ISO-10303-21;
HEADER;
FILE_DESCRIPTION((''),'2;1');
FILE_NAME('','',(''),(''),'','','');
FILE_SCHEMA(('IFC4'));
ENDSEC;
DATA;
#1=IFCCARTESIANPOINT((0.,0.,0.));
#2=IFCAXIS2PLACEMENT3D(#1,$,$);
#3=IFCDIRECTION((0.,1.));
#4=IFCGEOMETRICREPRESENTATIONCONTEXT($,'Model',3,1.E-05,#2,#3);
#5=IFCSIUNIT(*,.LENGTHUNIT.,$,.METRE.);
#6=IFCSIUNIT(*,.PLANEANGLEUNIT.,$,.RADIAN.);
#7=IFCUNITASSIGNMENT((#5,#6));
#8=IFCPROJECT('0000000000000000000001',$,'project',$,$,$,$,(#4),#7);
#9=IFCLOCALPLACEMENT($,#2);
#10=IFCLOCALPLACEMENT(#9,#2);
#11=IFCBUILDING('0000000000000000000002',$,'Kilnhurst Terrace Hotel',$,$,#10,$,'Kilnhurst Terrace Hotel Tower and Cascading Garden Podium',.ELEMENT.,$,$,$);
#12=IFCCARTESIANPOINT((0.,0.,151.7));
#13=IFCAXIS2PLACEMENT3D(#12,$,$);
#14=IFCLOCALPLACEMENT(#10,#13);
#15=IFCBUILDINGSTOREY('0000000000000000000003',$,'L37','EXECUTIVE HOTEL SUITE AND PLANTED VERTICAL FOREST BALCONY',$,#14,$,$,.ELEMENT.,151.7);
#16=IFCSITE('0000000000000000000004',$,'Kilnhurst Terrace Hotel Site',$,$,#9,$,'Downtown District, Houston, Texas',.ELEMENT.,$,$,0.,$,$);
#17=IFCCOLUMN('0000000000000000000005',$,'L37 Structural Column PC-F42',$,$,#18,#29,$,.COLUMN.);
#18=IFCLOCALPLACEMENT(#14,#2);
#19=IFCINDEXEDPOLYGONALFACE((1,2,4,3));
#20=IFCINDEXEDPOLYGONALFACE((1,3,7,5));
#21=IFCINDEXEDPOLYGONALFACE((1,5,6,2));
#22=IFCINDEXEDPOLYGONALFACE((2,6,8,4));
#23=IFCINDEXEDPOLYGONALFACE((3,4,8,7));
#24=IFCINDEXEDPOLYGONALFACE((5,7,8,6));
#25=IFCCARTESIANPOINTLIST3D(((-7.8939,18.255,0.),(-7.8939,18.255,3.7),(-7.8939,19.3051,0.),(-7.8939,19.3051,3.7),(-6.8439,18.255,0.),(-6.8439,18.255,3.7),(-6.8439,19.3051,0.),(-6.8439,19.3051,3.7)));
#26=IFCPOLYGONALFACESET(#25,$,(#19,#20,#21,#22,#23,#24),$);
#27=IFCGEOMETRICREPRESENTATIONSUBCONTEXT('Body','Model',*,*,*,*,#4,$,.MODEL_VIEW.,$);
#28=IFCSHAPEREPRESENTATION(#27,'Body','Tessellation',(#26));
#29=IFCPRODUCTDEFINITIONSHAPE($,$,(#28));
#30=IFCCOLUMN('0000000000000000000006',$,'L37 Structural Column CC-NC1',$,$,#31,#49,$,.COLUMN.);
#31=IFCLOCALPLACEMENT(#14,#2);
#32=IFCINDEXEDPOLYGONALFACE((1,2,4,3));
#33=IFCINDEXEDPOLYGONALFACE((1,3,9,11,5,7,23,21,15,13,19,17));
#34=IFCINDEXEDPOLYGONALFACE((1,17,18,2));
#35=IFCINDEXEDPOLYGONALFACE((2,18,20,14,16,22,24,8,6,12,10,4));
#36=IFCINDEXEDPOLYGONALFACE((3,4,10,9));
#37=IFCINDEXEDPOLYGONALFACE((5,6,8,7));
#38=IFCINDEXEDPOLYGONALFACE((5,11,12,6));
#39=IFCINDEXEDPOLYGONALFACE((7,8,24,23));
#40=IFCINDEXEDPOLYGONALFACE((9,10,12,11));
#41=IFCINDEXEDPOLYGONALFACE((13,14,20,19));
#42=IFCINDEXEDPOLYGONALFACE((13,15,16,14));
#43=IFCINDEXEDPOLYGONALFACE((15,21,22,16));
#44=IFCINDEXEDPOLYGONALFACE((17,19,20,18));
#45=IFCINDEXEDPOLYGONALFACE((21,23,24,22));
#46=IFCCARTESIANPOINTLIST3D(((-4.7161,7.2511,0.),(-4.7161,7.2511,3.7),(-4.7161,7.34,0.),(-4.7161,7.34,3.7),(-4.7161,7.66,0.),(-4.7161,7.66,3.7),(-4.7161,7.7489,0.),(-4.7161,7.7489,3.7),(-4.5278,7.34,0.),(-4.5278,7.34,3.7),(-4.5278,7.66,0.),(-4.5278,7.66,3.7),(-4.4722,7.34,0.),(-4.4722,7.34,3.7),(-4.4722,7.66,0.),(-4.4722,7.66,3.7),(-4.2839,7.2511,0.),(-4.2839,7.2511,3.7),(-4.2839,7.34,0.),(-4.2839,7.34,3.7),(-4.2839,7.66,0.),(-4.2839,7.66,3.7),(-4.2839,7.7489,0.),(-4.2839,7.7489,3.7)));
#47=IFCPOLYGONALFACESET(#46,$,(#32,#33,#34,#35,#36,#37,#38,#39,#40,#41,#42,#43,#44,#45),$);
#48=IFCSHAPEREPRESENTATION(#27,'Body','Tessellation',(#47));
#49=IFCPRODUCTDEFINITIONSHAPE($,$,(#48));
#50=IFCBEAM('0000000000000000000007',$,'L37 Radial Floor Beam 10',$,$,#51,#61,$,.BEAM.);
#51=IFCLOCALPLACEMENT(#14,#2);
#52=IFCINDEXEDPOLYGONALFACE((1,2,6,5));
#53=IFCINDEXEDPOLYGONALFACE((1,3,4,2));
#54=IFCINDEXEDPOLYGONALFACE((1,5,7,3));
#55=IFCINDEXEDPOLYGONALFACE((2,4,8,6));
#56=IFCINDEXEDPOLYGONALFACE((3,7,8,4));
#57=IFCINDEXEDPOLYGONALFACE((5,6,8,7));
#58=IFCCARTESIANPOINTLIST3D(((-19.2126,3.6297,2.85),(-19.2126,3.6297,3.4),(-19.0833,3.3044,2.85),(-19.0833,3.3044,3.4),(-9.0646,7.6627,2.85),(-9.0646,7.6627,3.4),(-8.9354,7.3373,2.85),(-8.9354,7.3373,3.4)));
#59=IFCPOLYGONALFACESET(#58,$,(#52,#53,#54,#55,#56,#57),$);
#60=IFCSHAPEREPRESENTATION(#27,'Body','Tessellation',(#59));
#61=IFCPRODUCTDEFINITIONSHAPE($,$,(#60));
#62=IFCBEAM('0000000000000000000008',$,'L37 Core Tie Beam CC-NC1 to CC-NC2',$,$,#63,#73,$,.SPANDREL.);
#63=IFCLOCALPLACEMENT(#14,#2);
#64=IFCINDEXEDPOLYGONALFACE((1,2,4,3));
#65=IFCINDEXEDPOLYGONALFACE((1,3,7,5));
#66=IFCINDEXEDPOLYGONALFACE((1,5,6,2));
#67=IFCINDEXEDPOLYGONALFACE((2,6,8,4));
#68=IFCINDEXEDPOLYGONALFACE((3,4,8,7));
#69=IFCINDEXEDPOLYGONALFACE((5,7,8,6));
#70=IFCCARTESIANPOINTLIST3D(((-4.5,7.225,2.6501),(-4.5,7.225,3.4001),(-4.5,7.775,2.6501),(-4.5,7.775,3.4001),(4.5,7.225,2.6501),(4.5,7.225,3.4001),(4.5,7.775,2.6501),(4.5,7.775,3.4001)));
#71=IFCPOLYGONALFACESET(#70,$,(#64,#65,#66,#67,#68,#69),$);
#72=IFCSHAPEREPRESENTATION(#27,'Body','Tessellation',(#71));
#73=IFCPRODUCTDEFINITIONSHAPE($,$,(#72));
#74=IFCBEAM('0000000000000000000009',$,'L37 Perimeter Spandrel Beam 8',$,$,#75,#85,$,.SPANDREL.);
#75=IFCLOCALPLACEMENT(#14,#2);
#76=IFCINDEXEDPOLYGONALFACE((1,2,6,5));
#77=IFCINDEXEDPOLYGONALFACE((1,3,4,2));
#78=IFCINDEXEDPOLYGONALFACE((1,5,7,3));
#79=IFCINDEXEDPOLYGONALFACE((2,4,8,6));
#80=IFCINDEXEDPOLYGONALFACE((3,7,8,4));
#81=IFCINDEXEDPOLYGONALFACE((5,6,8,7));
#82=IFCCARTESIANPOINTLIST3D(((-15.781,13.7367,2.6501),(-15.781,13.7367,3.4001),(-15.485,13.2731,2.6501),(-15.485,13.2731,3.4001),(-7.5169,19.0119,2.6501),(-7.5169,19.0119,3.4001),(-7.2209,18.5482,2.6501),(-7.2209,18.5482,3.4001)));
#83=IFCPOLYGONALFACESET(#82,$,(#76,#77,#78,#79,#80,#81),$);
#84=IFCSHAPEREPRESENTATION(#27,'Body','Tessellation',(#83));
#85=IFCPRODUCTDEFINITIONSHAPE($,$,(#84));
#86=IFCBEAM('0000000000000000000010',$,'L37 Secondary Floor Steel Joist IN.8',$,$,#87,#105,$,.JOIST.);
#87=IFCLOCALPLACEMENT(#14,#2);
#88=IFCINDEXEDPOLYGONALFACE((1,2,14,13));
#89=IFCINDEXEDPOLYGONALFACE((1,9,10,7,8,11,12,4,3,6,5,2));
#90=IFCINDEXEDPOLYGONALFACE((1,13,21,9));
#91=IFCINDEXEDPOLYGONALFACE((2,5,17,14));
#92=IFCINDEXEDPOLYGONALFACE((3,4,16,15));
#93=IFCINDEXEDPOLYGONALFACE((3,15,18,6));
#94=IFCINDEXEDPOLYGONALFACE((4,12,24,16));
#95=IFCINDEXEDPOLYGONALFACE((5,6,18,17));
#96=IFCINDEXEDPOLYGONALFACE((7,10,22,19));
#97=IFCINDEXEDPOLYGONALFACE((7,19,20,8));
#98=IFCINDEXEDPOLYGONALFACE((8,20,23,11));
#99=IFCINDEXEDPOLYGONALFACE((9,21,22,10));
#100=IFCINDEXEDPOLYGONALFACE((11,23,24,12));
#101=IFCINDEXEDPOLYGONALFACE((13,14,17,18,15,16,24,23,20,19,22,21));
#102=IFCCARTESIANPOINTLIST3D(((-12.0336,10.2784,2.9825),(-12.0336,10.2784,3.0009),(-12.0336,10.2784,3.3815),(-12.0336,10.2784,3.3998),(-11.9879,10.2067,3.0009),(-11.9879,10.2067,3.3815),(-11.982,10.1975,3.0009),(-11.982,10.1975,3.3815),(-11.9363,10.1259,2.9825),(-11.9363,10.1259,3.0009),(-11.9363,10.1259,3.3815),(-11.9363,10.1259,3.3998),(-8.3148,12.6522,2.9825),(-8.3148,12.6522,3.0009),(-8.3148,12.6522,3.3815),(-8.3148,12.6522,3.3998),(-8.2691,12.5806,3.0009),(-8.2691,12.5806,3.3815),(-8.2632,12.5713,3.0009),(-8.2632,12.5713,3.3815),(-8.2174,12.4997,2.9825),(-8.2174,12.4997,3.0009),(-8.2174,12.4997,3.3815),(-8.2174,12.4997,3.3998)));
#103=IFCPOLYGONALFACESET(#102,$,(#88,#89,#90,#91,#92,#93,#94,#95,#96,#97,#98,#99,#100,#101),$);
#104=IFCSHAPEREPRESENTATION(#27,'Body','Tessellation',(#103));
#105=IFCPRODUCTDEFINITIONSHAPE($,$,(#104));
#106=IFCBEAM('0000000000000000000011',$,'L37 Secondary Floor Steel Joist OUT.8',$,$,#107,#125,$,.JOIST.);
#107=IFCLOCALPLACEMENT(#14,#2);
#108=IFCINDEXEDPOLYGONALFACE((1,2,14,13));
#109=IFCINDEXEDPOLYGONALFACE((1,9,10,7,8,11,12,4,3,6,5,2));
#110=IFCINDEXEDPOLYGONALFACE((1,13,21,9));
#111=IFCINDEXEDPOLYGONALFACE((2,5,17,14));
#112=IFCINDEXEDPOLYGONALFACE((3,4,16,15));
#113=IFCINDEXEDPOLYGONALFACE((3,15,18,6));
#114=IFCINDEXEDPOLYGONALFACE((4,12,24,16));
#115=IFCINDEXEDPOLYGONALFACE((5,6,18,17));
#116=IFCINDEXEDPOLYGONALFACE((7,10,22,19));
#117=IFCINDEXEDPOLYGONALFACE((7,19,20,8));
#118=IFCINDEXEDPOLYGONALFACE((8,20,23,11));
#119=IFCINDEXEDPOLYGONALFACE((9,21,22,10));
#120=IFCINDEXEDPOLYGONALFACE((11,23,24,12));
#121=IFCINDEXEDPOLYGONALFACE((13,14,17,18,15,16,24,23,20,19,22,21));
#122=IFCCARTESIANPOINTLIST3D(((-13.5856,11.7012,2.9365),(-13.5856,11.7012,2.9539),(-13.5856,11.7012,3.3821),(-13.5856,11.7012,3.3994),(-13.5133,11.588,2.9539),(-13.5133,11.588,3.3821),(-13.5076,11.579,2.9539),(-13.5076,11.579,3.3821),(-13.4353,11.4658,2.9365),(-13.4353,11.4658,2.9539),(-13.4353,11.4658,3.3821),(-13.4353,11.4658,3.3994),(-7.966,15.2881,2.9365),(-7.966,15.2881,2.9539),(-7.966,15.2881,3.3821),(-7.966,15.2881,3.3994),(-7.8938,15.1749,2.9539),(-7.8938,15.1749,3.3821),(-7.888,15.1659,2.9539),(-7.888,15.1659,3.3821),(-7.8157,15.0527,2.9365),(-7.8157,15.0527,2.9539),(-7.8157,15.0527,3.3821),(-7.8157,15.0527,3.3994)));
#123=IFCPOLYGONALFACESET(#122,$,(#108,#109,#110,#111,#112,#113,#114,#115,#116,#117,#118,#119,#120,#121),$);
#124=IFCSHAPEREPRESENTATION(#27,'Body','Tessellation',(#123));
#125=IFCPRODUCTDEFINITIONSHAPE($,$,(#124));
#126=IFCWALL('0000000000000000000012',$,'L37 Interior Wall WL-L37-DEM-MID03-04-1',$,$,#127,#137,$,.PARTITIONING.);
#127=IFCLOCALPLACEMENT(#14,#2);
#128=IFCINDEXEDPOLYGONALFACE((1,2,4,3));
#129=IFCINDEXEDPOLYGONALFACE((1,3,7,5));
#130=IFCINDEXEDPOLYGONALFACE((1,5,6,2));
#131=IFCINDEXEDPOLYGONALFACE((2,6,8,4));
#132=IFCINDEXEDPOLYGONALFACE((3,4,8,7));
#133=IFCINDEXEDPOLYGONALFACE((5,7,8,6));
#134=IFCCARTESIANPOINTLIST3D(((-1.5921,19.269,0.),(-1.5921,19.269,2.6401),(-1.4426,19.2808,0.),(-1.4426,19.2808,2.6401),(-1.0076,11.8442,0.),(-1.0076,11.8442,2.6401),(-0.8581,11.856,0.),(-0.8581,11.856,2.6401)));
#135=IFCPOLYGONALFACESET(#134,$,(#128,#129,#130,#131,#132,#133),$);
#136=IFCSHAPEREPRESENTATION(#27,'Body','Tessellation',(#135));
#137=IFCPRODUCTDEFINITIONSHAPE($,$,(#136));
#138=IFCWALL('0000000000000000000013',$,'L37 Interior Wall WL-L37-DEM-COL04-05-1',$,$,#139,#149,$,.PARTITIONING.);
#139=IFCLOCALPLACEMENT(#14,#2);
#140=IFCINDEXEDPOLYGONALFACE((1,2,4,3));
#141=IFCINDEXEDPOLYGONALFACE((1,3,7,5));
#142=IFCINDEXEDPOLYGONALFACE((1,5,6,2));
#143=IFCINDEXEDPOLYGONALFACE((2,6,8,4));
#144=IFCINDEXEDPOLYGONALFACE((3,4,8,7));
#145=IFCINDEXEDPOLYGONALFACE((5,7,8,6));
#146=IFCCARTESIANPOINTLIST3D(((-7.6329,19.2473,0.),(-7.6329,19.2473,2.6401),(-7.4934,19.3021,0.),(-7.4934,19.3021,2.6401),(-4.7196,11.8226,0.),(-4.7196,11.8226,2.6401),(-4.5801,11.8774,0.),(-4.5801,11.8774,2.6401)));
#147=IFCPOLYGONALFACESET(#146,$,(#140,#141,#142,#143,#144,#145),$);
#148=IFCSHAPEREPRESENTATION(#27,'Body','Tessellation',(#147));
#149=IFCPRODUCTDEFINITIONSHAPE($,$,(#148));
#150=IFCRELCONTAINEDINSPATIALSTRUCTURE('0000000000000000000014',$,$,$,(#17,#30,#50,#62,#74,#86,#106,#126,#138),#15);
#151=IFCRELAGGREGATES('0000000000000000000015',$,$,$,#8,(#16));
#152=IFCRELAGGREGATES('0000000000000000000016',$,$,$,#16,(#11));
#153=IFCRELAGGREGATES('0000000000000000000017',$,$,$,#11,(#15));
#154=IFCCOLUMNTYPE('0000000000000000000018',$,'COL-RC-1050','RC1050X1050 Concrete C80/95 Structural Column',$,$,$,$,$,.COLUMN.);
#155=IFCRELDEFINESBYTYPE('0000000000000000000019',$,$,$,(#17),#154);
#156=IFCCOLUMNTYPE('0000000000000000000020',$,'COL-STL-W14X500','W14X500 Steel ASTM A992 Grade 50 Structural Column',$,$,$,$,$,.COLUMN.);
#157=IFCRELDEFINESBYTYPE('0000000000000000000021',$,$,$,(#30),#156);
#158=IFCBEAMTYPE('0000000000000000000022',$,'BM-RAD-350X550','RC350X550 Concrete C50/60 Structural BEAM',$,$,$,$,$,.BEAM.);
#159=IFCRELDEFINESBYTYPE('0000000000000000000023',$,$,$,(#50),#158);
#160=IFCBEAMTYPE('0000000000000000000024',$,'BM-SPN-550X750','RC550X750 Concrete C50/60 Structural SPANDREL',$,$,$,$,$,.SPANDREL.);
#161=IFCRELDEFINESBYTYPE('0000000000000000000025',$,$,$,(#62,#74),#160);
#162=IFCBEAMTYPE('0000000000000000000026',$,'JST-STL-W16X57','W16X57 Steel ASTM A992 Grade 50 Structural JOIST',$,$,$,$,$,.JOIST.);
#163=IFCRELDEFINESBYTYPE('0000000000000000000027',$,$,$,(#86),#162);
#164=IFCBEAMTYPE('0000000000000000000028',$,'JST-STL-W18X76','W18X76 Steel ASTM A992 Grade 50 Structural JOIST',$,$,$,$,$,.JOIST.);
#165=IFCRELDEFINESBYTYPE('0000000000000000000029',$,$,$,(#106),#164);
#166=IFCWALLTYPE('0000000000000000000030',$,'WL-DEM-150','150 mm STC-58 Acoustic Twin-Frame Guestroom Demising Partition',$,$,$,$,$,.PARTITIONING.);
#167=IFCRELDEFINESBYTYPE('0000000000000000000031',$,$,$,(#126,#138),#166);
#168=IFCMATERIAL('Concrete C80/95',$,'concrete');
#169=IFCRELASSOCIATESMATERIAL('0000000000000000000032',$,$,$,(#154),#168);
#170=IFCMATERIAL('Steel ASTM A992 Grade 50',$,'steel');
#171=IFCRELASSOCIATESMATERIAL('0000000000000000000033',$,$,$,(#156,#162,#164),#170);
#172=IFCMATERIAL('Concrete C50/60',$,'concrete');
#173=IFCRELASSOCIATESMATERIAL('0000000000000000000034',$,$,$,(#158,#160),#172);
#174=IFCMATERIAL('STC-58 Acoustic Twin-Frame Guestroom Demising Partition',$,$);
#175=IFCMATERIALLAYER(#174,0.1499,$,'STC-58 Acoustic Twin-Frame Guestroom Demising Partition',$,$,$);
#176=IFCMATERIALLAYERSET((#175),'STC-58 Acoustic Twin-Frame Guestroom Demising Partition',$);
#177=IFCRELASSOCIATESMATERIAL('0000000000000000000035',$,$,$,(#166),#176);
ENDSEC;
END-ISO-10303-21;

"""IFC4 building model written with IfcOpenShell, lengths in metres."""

from ifc_helpers import new_model, si_unit, direction, frame, frame_2d, origin, origin_2d, place, context, subcontext, project, spatial, rectangle, i_section, extrude, material, layer, layer_set, material_profile, profile_set, type_object, element, save


model = new_model("IFC4")

# Units and contexts
model_context = context("Model", 3, precision=1e-05, world=origin(), true_north=direction((0.0, 1.0)))
body_context = subcontext(model_context, "Body", "Model", "MODEL_VIEW")
ifc_project = project(units=[si_unit("LENGTHUNIT", "METRE"), si_unit("PLANEANGLEUNIT", "RADIAN")], contexts=[model_context])

# Site, building, storey
site_placement = place(None, origin())
site = spatial("IfcSite", under=ifc_project, at=site_placement, Name="Kilnhurst Terrace Hotel Site", LongName="Downtown District, Houston, Texas", CompositionType="ELEMENT", RefElevation=0.0)
building_placement = place(site_placement, origin())
building = spatial("IfcBuilding", under=site, at=building_placement, Name="Kilnhurst Terrace Hotel", LongName="Kilnhurst Terrace Hotel Tower and Cascading Garden Podium", CompositionType="ELEMENT")
storey_placement = place(building_placement, frame((0.0, 0.0, 151.7)))
storey = spatial("IfcBuildingStorey", under=building, at=storey_placement, Name="L37", Description="EXECUTIVE HOTEL SUITE AND PLANTED VERTICAL FOREST BALCONY", CompositionType="ELEMENT", Elevation=151.7)

# Columns
ifc_material_1 = material(Name="Concrete C80/95", Category="concrete")
ifc_material_profile_1 = material_profile(ifc_material_1, rectangle(XDim=1.05, YDim=1.05, at=origin_2d()), Name="RC1050X1050")
ifc_profile_set_1 = profile_set([ifc_material_profile_1], Name="Concrete C80/95")
column_type_1 = type_object("IfcColumnType", Name="COL-RC-1050", Description="RC1050X1050 Concrete C80/95 Structural Column", PredefinedType="COLUMN", material=ifc_profile_set_1)
column_1_placement = place(storey_placement, frame((-7.3689, 18.78, 0.0), z_axis=(0.0, 0.0, 1.0), x_axis=(1.0, 0.0, 0.0)))
element("IfcColumn", 1, at=column_1_placement, inside=storey, type_object=column_type_1, Name="L37 Structural Column PC-F42", PredefinedType="COLUMN", context=body_context, shape_type="SweptSolid", body=[
    extrude(rectangle(XDim=1.05, YDim=1.05, at=origin_2d()), origin(), (0.0, 0.0, 1.0), 3.7),
])
ifc_material_2 = material(Name="Steel ASTM A992 Grade 50", Category="steel")
ifc_material_profile_2 = material_profile(ifc_material_2, i_section(OverallWidth=0.4321, OverallDepth=0.4978, WebThickness=0.0557, FlangeThickness=0.0889, at=origin_2d()), Name="W14X500")
ifc_profile_set_2 = profile_set([ifc_material_profile_2], Name="Steel ASTM A992 Grade 50")
column_type_2 = type_object("IfcColumnType", Name="COL-STL-W14X500", Description="W14X500 Steel ASTM A992 Grade 50 Structural Column", PredefinedType="COLUMN", material=ifc_profile_set_2)
column_2_placement = place(storey_placement, frame((-4.5, 7.5, 0.0), z_axis=(0.0, 0.0, 1.0), x_axis=(1.0, 0.0, 0.0)))
element("IfcColumn", 2, at=column_2_placement, inside=storey, type_object=column_type_2, Name="L37 Structural Column CC-NC1", PredefinedType="COLUMN", context=body_context, shape_type="SweptSolid", body=[
    extrude(i_section(OverallWidth=0.4321, OverallDepth=0.4978, WebThickness=0.0557, FlangeThickness=0.0889, at=origin_2d()), origin(), (0.0, 0.0, 1.0), 3.7),
])

# Beams
ifc_material_3 = material(Name="Concrete C50/60", Category="concrete")
ifc_material_profile_3 = material_profile(ifc_material_3, rectangle(XDim=0.3501, YDim=0.55, at=origin_2d()), Name="RC350X550")
ifc_profile_set_3 = profile_set([ifc_material_profile_3], Name="Concrete C50/60")
beam_type_1 = type_object("IfcBeamType", Name="BM-RAD-350X550", Description="RC350X550 Concrete C50/60 Structural BEAM", PredefinedType="BEAM", material=ifc_profile_set_3)
beam_1_placement = place(storey_placement, frame((-9.0, 7.5, 3.125), z_axis=(-0.929302, -0.36932, 0.0), x_axis=(0.36932, -0.929302, 0.0)))
element("IfcBeam", 3, at=beam_1_placement, inside=storey, type_object=beam_type_1, Name="L37 Radial Floor Beam 10", PredefinedType="BEAM", context=body_context, shape_type="SweptSolid", body=[
    extrude(rectangle(XDim=0.3501, YDim=0.55, at=origin_2d()), origin(), (0.0, 0.0, 1.0), 10.9199),
])
ifc_material_profile_4 = material_profile(ifc_material_3, rectangle(XDim=0.55, YDim=0.75, at=origin_2d()), Name="RC550X750")
ifc_profile_set_4 = profile_set([ifc_material_profile_4], Name="Concrete C50/60")
beam_type_2 = type_object("IfcBeamType", Name="BM-SPN-550X750", Description="RC550X750 Concrete C50/60 Structural SPANDREL", PredefinedType="SPANDREL", material=ifc_profile_set_4)
beam_2_placement = place(storey_placement, frame((-4.5, 7.5, 3.0251), z_axis=(1.0, 0.0, 0.0), x_axis=(0.0, 1.0, 0.0)))
element("IfcBeam", 4, at=beam_2_placement, inside=storey, type_object=beam_type_2, Name="L37 Core Tie Beam CC-NC1 to CC-NC2", PredefinedType="SPANDREL", context=body_context, shape_type="SweptSolid", body=[
    extrude(rectangle(XDim=0.55, YDim=0.75, at=origin_2d()), origin(), (0.0, 0.0, 1.0), 9.0),
])
beam_3_placement = place(storey_placement, frame((-7.3689, 18.78, 3.0251), z_axis=(-0.842915, -0.538046, 0.0), x_axis=(0.538046, -0.842915, 0.0)))
element("IfcBeam", 5, at=beam_3_placement, inside=storey, type_object=beam_type_2, Name="L37 Perimeter Spandrel Beam 8", PredefinedType="SPANDREL", context=body_context, shape_type="SweptSolid", body=[
    extrude(rectangle(XDim=0.55, YDim=0.75, at=origin_2d()), origin(), (0.0, 0.0, 1.0), 9.8042),
])
ifc_material_profile_5 = material_profile(ifc_material_2, i_section(OverallWidth=0.1809, OverallDepth=0.4172, WebThickness=0.011, FlangeThickness=0.0183, at=origin_2d()), Name="W16X57")
ifc_profile_set_5 = profile_set([ifc_material_profile_5], Name="Steel ASTM A992 Grade 50")
beam_type_3 = type_object("IfcBeamType", Name="JST-STL-W16X57", Description="W16X57 Steel ASTM A992 Grade 50 Structural JOIST", PredefinedType="JOIST", material=ifc_profile_set_5)
beam_4_placement = place(storey_placement, frame((-8.2661, 12.5759, 3.1912), z_axis=(-0.842911, -0.538053, 0.0), x_axis=(0.538053, -0.842911, 0.0)))
element("IfcBeam", 6, at=beam_4_placement, inside=storey, type_object=beam_type_3, Name="L37 Secondary Floor Steel Joist IN.8", PredefinedType="JOIST", context=body_context, shape_type="SweptSolid", body=[
    extrude(i_section(OverallWidth=0.1809, OverallDepth=0.4172, WebThickness=0.011, FlangeThickness=0.0183, at=origin_2d()), origin(), (0.0, 0.0, 1.0), 4.4119),
])
ifc_material_profile_6 = material_profile(ifc_material_2, i_section(OverallWidth=0.2793, OverallDepth=0.4629, WebThickness=0.0107, FlangeThickness=0.0173, at=origin_2d()), Name="W18X76")
ifc_profile_set_6 = profile_set([ifc_material_profile_6], Name="Steel ASTM A992 Grade 50")
beam_type_4 = type_object("IfcBeamType", Name="JST-STL-W18X76", Description="W18X76 Steel ASTM A992 Grade 50 Structural JOIST", PredefinedType="JOIST", material=ifc_profile_set_6)
beam_5_placement = place(storey_placement, frame((-7.8909, 15.1704, 3.168), z_axis=(-0.842928, -0.538027, 0.0), x_axis=(0.538027, -0.842928, 0.0)))
element("IfcBeam", 7, at=beam_5_placement, inside=storey, type_object=beam_type_4, Name="L37 Secondary Floor Steel Joist OUT.8", PredefinedType="JOIST", context=body_context, shape_type="SweptSolid", body=[
    extrude(i_section(OverallWidth=0.2793, OverallDepth=0.4629, WebThickness=0.0107, FlangeThickness=0.0173, at=origin_2d()), origin(), (0.0, 0.0, 1.0), 6.6667),
])

# Walls
ifc_material_4 = material(Name="STC-58 Acoustic Twin-Frame Guestroom Demising Partition")
ifc_layer_1 = layer(ifc_material_4, 0.1499, Name="STC-58 Acoustic Twin-Frame Guestroom Demising Partition")
ifc_layer_set_1 = layer_set([ifc_layer_1], Name="STC-58 Acoustic Twin-Frame Guestroom Demising Partition")
wall_type_1 = type_object("IfcWallType", Name="WL-DEM-150", Description="150 mm STC-58 Acoustic Twin-Frame Guestroom Demising Partition", PredefinedType="PARTITIONING", material=ifc_layer_set_1)
wall_1_placement = place(storey_placement, frame((-0.9329, 11.8501, 0.0), z_axis=(0.0, 0.0, 1.0), x_axis=(-0.078476, 0.996916, 0.0)))
element("IfcWall", 8, at=wall_1_placement, inside=storey, type_object=wall_type_1, Name="L37 Interior Wall WL-L37-DEM-MID03-04-1", PredefinedType="PARTITIONING", context=body_context, shape_type="SweptSolid", body=[
    extrude(rectangle(XDim=7.4478, YDim=0.1499, at=frame_2d((3.7239, 0.0))), origin(), (0.0, 0.0, 1.0), 2.6401),
])
wall_2_placement = place(storey_placement, frame((-4.6499, 11.8501, 0.0), z_axis=(0.0, 0.0, 1.0), x_axis=(-0.365266, 0.930903, 0.0)))
element("IfcWall", 9, at=wall_2_placement, inside=storey, type_object=wall_type_1, Name="L37 Interior Wall WL-L37-DEM-COL04-05-1", PredefinedType="PARTITIONING", context=body_context, shape_type="SweptSolid", body=[
    extrude(rectangle(XDim=7.9758, YDim=0.1499, at=frame_2d((3.9878, 0.0))), origin(), (0.0, 0.0, 1.0), 2.6401),
])

save(model, "model.ifc")
